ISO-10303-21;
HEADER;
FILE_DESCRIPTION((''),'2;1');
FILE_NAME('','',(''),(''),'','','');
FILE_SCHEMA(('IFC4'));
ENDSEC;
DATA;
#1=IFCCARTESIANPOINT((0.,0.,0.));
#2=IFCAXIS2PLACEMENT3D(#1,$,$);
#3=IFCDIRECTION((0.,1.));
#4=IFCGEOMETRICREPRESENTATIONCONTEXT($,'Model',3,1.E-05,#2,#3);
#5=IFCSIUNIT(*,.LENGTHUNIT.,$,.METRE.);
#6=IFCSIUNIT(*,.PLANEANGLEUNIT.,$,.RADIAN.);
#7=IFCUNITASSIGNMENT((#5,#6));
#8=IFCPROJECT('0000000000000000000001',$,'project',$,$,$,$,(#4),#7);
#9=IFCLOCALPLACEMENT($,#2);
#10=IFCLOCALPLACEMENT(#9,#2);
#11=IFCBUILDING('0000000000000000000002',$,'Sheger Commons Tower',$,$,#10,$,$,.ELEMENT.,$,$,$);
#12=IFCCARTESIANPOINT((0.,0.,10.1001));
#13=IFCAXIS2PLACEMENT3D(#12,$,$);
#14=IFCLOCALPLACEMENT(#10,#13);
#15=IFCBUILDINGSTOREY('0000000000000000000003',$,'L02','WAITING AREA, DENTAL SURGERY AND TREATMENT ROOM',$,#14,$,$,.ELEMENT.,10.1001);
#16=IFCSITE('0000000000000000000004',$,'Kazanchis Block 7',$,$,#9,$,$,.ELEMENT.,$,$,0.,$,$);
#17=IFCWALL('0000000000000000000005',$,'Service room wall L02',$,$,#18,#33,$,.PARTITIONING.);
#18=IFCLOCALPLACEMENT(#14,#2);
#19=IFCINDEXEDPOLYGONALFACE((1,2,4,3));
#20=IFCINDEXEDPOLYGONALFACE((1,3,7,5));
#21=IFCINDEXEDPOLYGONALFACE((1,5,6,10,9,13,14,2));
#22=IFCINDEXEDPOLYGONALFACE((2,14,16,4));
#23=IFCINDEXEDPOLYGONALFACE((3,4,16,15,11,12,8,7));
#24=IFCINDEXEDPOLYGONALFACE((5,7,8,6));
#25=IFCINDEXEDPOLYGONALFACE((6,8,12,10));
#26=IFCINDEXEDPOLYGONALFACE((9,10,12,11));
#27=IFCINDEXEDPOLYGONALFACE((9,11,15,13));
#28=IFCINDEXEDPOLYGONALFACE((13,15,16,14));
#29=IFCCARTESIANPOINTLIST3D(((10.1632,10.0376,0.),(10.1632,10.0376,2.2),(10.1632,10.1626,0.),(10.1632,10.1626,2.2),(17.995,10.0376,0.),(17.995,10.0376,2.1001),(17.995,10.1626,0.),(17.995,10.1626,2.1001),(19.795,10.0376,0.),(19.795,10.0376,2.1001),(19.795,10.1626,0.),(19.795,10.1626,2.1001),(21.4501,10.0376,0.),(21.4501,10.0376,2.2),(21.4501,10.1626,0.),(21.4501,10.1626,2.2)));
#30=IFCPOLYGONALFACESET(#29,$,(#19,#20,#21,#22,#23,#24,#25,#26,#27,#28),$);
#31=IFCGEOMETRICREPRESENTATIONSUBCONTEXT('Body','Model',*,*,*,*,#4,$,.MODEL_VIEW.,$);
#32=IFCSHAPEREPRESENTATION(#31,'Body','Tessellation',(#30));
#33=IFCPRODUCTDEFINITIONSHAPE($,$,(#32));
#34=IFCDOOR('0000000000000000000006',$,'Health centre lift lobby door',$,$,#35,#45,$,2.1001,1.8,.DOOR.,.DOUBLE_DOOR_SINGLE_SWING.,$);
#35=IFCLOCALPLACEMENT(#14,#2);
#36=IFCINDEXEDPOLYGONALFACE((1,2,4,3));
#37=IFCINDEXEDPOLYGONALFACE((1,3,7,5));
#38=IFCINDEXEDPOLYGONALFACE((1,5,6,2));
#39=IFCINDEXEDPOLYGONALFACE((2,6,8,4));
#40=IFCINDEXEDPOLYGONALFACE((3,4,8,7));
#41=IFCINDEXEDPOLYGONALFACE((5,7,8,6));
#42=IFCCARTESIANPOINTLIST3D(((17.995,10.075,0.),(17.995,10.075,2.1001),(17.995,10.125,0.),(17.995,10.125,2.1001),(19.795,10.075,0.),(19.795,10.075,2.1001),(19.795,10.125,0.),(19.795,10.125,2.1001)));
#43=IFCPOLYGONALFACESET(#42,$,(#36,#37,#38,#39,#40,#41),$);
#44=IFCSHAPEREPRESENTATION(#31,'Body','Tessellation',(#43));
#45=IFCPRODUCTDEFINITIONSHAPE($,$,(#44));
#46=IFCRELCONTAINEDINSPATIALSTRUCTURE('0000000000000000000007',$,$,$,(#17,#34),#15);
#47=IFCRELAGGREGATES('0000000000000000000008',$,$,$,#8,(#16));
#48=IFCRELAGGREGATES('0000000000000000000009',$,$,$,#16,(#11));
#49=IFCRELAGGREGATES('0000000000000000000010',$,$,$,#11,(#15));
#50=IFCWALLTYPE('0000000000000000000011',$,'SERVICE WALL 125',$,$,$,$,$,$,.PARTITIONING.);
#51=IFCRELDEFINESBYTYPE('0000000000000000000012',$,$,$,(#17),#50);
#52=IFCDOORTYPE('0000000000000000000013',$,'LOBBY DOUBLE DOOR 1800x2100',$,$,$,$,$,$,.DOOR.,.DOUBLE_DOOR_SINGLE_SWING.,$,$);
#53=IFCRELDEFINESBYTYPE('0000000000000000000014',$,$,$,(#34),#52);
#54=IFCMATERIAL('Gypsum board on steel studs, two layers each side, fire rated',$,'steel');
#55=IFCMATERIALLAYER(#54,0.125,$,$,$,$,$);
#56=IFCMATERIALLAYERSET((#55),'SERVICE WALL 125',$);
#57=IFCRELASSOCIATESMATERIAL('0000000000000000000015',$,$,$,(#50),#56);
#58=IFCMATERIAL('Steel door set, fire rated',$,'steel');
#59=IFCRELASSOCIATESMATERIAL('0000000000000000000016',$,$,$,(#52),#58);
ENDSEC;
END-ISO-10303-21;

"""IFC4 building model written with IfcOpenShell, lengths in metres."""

from ifc_helpers import new_model, si_unit, direction, frame, frame_2d, origin, place, context, subcontext, project, spatial, rectangle, extrude, material, layer, layer_set, type_object, element, fill, save


model = new_model("IFC4")

# Units and contexts
model_context = context("Model", 3, precision=1e-05, world=origin(), true_north=direction((0.0, 1.0)))
body_context = subcontext(model_context, "Body", "Model", "MODEL_VIEW")
ifc_project = project(units=[si_unit("LENGTHUNIT", "METRE"), si_unit("PLANEANGLEUNIT", "RADIAN")], contexts=[model_context])

# Site, building, storey
site_placement = place(None, origin())
site = spatial("IfcSite", under=ifc_project, at=site_placement, Name="Kazanchis Block 7", CompositionType="ELEMENT", RefElevation=0.0)
building_placement = place(site_placement, origin())
building = spatial("IfcBuilding", under=site, at=building_placement, Name="Sheger Commons Tower", CompositionType="ELEMENT")
storey_placement = place(building_placement, frame((0.0, 0.0, 10.1001)))
storey = spatial("IfcBuildingStorey", under=building, at=storey_placement, Name="L02", Description="WAITING AREA, DENTAL SURGERY AND TREATMENT ROOM", CompositionType="ELEMENT", Elevation=10.1001)

# Shared definitions
ifc_material_1 = material(Name="Gypsum board on steel studs, two layers each side, fire rated", Category="steel")
ifc_layer_1 = layer(ifc_material_1, 0.125)
ifc_layer_set_1 = layer_set([ifc_layer_1], Name="SERVICE WALL 125")
wall_type_1 = type_object("IfcWallType", Name="SERVICE WALL 125", PredefinedType="PARTITIONING", material=ifc_layer_set_1)

# Wall, opening, door
wall_1_placement = place(storey_placement, frame((10.1631, 10.1001, 0.0), z_axis=(0.0, 0.0, 1.0), x_axis=(1.0, 0.0, 0.0)))
wall_1 = element("IfcWall", 1, at=wall_1_placement, inside=storey, type_object=wall_type_1, Name="Service room wall L02", PredefinedType="PARTITIONING", context=body_context, shape_type="SweptSolid", body=[
    extrude(rectangle(XDim=11.2869, YDim=0.125, at=frame_2d((5.6436, 0.0))), origin(), (0.0, 0.0, 1.0), 2.2),
])
opening_1_placement = place(wall_1_placement, frame((7.832, 0.0, 0.0)))
opening_1 = element("IfcOpeningElement", 2, at=opening_1_placement, cuts=wall_1, PredefinedType="OPENING", context=body_context, shape_type="SweptSolid", body=[
    extrude(rectangle(XDim=1.8, YDim=2.1001, at=frame_2d((0.8999, 1.05))), frame((0.0, 0.0725, 0.0), z_axis=(0.0, -1.0, 0.0), x_axis=(1.0, 0.0, 0.0)), (0.0, 0.0, 1.0), 0.145),
])
ifc_material_2 = material(Name="Steel door set, fire rated", Category="steel")
door_type_1 = type_object("IfcDoorType", Name="LOBBY DOUBLE DOOR 1800x2100", OperationType="DOUBLE_DOOR_SINGLE_SWING", PredefinedType="DOOR", material=ifc_material_2)
door_1_placement = place(opening_1_placement, origin())
door_1 = element("IfcDoor", 3, at=door_1_placement, inside=storey, type_object=door_type_1, Name="Health centre lift lobby door", OperationType="DOUBLE_DOOR_SINGLE_SWING", OverallHeight=2.1001, OverallWidth=1.8, PredefinedType="DOOR", context=body_context, shape_type="SweptSolid", body=[
    extrude(rectangle(XDim=1.8, YDim=2.1001, at=frame_2d((0.8999, 1.05))), frame((0.0, 0.0249, 0.0), z_axis=(0.0, -1.0, 0.0), x_axis=(1.0, 0.0, 0.0)), (0.0, 0.0, 1.0), 0.05),
])
fill(opening_1, door_1)

save(model, "model.ifc")
